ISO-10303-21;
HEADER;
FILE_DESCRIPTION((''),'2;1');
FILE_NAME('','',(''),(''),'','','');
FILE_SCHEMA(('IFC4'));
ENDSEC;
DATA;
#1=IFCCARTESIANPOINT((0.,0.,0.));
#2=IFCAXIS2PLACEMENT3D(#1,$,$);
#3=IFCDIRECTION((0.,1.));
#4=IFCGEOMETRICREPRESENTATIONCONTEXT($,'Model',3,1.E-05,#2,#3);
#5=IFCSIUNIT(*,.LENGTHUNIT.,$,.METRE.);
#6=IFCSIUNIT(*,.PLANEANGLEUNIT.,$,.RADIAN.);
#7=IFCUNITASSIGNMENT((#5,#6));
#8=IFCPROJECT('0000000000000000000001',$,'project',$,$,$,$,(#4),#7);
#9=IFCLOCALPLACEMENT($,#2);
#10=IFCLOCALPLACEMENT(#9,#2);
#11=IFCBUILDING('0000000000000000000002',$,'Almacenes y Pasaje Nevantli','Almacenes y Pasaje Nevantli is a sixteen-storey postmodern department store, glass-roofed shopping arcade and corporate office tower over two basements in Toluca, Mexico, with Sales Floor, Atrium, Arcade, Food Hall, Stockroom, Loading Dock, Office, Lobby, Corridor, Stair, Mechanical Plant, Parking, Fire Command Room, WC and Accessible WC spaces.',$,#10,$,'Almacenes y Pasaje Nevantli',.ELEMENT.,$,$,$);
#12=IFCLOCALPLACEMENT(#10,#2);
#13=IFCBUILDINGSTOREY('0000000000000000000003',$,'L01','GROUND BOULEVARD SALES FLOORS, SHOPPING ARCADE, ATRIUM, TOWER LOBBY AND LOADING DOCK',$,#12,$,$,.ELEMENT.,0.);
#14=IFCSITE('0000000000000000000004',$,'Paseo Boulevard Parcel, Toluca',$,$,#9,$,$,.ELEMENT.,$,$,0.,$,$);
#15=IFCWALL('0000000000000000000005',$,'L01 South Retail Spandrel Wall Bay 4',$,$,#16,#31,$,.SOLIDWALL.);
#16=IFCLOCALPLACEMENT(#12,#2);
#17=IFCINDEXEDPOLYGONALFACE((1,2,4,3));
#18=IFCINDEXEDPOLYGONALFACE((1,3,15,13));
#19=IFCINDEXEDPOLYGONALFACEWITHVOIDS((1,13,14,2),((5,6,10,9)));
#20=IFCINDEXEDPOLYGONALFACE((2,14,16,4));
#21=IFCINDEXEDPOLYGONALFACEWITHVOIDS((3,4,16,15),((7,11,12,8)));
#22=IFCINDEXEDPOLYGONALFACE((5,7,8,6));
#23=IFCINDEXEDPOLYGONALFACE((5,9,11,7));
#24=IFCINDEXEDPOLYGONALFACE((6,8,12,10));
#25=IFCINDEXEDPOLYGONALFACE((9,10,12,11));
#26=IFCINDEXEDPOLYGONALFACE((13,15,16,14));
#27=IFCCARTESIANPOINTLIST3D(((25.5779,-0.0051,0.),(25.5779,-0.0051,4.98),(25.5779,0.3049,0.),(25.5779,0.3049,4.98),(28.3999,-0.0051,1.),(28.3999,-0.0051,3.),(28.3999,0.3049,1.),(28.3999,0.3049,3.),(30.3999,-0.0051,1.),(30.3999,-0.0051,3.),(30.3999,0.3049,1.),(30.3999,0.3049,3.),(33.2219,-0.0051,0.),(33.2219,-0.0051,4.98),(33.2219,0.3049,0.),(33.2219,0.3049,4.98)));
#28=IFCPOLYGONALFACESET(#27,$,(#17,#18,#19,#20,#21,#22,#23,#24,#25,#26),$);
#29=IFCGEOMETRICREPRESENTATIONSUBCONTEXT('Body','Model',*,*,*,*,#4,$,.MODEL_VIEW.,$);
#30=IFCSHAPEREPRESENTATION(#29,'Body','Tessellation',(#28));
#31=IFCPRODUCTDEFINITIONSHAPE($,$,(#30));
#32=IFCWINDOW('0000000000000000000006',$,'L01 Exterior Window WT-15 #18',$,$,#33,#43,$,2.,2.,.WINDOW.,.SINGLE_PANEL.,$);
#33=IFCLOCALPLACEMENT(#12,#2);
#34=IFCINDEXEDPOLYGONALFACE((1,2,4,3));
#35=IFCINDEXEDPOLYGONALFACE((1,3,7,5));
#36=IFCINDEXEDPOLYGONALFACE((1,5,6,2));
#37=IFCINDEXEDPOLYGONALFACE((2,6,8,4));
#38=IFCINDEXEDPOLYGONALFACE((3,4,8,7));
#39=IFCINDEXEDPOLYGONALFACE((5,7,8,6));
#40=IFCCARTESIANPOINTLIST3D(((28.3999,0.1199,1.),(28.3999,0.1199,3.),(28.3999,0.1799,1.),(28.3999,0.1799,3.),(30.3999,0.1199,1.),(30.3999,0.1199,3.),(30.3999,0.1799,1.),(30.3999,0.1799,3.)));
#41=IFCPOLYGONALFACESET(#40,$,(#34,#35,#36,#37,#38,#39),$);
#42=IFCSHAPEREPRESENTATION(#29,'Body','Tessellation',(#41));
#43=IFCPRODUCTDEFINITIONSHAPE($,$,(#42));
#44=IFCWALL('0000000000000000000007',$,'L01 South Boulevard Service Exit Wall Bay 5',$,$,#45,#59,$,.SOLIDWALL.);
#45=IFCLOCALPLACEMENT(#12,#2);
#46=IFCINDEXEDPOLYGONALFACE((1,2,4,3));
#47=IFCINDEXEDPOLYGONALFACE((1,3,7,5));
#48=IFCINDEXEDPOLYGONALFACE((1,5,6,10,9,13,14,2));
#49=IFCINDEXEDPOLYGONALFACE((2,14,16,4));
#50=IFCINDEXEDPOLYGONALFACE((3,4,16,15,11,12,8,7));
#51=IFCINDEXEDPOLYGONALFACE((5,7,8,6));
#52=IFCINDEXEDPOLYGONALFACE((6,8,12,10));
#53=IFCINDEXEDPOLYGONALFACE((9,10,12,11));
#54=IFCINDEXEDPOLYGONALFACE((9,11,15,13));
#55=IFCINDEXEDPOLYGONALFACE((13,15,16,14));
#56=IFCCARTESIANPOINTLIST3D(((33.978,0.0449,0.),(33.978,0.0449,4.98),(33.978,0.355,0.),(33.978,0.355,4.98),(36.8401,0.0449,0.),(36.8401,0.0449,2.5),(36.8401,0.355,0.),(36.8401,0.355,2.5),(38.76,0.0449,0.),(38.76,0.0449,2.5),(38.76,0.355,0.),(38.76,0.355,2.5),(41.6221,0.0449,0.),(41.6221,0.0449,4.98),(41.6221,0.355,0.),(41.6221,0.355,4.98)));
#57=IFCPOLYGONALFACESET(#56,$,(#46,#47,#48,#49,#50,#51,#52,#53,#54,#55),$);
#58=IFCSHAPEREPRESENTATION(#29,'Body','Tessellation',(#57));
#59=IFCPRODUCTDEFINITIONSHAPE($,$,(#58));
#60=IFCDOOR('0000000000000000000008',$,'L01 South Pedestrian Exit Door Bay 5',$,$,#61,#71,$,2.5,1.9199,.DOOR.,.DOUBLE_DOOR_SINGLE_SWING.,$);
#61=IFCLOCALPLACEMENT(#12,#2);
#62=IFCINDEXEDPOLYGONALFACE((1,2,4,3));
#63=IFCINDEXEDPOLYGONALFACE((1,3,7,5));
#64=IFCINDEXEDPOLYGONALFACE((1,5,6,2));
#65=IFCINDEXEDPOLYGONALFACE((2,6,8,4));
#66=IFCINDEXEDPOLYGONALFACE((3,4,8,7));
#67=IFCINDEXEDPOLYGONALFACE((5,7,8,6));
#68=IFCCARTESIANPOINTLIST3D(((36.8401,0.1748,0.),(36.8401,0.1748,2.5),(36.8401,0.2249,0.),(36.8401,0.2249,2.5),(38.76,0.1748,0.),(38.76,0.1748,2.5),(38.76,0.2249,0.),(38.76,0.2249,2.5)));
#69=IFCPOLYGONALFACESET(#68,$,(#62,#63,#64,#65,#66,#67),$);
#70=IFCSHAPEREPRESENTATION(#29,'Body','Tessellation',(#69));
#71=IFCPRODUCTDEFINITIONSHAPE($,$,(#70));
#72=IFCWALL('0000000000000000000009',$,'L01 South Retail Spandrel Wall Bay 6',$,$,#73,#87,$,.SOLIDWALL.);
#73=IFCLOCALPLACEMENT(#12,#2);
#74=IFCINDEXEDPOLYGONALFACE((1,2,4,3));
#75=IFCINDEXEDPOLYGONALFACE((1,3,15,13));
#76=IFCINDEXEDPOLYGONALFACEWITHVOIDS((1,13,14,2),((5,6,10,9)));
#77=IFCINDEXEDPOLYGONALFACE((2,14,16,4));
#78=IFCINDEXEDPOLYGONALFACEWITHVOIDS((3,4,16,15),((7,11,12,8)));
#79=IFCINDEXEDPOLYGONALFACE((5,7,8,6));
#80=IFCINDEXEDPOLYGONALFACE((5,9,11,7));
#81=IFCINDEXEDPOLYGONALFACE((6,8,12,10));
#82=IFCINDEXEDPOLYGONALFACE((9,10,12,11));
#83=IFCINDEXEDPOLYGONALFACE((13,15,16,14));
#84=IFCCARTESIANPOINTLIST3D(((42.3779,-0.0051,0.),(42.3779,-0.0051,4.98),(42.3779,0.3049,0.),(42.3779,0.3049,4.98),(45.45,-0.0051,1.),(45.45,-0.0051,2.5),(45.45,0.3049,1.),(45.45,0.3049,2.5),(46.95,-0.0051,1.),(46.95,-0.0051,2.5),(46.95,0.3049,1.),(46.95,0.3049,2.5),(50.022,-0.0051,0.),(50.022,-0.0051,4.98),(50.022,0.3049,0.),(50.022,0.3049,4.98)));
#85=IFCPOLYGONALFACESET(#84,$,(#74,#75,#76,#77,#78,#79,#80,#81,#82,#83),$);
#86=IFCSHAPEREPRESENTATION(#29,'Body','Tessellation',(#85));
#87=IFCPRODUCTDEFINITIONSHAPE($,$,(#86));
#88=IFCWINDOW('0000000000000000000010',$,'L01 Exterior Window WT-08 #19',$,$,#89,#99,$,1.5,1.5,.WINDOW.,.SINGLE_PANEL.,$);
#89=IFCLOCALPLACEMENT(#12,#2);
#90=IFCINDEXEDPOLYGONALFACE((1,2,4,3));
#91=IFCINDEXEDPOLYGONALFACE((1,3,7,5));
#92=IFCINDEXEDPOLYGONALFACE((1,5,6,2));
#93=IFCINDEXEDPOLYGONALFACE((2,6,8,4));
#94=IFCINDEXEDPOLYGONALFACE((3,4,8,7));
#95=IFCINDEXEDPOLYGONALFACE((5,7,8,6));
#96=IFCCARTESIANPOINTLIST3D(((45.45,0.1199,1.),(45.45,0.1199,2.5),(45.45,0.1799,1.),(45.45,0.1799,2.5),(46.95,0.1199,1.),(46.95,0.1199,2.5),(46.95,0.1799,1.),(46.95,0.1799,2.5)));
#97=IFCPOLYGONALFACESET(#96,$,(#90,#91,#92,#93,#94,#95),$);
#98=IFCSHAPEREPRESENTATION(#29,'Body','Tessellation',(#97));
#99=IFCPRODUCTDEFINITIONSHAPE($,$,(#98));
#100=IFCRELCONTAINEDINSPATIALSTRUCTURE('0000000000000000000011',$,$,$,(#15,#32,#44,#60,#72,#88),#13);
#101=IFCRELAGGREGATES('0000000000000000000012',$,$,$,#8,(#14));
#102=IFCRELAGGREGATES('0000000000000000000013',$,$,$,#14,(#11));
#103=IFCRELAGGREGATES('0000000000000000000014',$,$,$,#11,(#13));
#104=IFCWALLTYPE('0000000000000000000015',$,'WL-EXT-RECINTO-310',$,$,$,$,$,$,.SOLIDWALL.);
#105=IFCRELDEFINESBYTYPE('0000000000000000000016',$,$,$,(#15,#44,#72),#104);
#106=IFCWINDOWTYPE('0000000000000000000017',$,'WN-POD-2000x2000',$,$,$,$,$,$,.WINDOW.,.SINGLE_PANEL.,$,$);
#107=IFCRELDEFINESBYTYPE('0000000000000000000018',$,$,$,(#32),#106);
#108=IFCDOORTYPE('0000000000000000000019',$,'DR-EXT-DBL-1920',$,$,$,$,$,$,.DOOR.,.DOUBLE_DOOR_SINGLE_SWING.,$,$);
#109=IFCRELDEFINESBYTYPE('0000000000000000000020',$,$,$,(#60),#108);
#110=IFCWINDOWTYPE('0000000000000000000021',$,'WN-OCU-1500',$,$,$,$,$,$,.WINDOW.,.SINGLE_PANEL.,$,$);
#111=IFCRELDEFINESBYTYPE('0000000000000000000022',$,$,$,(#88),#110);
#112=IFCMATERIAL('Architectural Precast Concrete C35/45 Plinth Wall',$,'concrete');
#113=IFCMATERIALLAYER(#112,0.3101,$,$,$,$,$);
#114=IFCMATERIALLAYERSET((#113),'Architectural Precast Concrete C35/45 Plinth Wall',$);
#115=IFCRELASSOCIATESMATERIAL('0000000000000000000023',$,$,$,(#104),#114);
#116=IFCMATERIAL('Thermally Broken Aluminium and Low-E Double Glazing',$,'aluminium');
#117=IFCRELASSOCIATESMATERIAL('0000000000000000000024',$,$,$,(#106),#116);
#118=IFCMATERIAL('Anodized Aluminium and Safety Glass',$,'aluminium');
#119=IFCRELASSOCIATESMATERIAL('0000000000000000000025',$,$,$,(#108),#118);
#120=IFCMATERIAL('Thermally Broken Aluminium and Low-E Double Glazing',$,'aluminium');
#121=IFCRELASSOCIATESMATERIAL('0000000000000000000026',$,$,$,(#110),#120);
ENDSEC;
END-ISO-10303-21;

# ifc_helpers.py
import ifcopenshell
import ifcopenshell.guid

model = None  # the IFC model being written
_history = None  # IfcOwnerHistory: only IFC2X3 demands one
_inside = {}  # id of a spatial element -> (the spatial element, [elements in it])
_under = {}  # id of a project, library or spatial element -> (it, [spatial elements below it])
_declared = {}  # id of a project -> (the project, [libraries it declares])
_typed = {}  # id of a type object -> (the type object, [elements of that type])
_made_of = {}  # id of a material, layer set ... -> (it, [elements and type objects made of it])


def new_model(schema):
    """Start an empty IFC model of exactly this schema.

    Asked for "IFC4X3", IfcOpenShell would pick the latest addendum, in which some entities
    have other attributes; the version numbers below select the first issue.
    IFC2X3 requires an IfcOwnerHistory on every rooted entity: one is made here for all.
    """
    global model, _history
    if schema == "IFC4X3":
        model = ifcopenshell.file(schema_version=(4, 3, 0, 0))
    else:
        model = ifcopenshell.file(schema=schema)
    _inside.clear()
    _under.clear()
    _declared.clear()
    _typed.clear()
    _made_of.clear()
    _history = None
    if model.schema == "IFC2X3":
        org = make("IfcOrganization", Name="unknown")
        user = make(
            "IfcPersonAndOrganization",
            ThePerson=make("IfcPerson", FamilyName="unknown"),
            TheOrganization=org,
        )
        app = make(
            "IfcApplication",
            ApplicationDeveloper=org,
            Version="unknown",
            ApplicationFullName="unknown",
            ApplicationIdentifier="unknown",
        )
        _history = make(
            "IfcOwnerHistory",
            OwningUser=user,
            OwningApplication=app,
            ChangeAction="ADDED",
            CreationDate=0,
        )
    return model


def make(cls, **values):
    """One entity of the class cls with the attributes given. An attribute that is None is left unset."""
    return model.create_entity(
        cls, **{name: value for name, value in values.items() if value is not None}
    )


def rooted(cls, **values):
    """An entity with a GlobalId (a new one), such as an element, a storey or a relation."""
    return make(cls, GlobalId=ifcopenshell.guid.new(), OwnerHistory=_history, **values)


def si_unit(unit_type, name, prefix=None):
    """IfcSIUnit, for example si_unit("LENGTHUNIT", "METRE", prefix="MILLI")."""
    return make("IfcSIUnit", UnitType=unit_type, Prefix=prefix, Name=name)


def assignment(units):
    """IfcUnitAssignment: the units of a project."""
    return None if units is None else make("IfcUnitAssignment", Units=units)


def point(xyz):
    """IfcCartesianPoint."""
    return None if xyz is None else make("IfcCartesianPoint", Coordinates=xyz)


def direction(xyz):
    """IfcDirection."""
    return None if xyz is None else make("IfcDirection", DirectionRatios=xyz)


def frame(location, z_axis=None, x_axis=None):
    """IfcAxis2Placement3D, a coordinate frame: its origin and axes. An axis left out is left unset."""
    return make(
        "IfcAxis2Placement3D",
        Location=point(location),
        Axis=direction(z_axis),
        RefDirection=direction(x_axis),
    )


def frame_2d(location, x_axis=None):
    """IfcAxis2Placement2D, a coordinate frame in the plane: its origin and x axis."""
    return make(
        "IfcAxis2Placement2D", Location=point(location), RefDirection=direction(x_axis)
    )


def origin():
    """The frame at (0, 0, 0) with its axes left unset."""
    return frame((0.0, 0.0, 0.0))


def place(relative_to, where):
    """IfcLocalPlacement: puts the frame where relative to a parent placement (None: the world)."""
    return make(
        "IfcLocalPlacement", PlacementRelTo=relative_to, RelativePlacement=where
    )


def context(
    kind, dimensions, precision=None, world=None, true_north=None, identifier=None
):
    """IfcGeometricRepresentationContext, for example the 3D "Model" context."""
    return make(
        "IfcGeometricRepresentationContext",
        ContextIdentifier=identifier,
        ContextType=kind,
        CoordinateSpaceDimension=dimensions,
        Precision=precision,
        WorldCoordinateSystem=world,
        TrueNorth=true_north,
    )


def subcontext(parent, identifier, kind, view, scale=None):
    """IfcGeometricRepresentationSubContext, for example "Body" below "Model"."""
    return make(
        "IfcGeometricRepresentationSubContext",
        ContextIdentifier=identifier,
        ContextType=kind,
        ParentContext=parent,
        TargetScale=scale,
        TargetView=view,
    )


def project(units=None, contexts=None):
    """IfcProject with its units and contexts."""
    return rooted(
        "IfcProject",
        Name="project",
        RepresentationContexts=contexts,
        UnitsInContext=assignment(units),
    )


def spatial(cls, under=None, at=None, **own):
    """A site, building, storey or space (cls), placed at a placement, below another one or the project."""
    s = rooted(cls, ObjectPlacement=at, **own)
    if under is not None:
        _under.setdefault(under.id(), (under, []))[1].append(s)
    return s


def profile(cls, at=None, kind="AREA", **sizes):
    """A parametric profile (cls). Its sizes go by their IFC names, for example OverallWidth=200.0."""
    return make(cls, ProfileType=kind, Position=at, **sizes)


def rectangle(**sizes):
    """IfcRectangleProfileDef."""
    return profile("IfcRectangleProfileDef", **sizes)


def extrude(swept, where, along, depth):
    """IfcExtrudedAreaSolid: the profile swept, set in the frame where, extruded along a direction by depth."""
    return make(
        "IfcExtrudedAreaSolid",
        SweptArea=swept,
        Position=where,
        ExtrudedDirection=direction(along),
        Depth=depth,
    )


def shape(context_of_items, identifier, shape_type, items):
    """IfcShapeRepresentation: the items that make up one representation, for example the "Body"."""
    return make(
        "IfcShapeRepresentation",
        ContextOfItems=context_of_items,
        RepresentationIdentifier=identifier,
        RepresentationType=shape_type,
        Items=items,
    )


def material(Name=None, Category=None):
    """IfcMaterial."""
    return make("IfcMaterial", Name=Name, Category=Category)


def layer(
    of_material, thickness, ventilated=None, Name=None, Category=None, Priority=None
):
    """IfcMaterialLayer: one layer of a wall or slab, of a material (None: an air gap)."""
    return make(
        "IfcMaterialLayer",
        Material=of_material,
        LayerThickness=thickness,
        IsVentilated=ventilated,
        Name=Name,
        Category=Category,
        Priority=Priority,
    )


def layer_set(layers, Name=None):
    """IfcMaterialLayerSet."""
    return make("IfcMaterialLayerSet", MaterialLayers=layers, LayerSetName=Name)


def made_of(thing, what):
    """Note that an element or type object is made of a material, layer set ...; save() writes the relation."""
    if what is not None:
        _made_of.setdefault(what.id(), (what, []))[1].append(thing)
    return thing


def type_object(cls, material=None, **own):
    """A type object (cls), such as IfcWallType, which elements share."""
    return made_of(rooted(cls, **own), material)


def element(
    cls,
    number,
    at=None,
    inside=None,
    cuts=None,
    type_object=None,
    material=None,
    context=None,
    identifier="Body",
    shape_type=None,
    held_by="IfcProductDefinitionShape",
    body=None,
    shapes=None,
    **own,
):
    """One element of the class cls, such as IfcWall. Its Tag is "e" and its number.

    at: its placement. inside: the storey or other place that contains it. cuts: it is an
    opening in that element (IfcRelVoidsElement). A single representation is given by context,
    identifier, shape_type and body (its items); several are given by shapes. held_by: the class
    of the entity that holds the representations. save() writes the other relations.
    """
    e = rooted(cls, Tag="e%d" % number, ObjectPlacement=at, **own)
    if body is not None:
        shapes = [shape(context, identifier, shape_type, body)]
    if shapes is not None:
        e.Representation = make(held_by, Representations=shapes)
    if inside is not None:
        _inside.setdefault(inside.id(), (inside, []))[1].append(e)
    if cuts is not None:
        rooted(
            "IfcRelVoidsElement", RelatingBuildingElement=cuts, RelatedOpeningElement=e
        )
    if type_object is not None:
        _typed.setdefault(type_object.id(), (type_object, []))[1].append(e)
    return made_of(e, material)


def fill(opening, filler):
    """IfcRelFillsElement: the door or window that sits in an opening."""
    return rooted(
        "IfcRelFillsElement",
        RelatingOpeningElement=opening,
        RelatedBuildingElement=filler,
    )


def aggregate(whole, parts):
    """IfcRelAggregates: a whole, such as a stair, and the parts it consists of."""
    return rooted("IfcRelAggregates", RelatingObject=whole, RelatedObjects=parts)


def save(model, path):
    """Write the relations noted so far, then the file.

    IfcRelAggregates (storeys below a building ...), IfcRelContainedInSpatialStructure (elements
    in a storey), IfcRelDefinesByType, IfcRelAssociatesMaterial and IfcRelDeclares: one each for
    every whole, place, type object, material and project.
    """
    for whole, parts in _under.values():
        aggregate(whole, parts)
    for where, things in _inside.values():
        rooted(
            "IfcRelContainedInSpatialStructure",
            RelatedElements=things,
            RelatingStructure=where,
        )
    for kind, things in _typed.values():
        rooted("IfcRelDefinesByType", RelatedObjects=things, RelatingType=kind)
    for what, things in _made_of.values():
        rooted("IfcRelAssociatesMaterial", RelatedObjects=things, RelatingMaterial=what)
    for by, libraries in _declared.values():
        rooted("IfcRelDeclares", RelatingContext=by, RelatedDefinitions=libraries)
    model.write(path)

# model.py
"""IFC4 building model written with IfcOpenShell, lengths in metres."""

from ifc_helpers import new_model, si_unit, direction, frame, frame_2d, origin, place, context, subcontext, project, spatial, rectangle, extrude, material, layer, layer_set, type_object, element, fill, save


model = new_model("IFC4")

# Units and contexts
model_context = context("Model", 3, precision=1e-05, world=origin(), true_north=direction((0.0, 1.0)))
body_context = subcontext(model_context, "Body", "Model", "MODEL_VIEW")
ifc_project = project(units=[si_unit("LENGTHUNIT", "METRE"), si_unit("PLANEANGLEUNIT", "RADIAN")], contexts=[model_context])

# Site, building, storey
site_placement = place(None, origin())
site = spatial("IfcSite", under=ifc_project, at=site_placement, Name="Paseo Boulevard Parcel, Toluca", CompositionType="ELEMENT", RefElevation=0.0)
building_placement = place(site_placement, origin())
building = spatial("IfcBuilding", under=site, at=building_placement, Name="Almacenes y Pasaje Nevantli", Description="Almacenes y Pasaje Nevantli is a sixteen-storey postmodern department store, glass-roofed shopping arcade and corporate office tower over two basements in Toluca, Mexico, with Sales Floor, Atrium, Arcade, Food Hall, Stockroom, Loading Dock, Office, Lobby, Corridor, Stair, Mechanical Plant, Parking, Fire Command Room, WC and Accessible WC spaces.", LongName="Almacenes y Pasaje Nevantli", CompositionType="ELEMENT")
storey_placement = place(building_placement, origin())
storey = spatial("IfcBuildingStorey", under=building, at=storey_placement, Name="L01", Description="GROUND BOULEVARD SALES FLOORS, SHOPPING ARCADE, ATRIUM, TOWER LOBBY AND LOADING DOCK", CompositionType="ELEMENT", Elevation=0.0)

# Wall, opening, window
ifc_material_1 = material(Name="Architectural Precast Concrete C35/45 Plinth Wall", Category="concrete")
ifc_layer_1 = layer(ifc_material_1, 0.3101)
ifc_layer_set_1 = layer_set([ifc_layer_1], Name="Architectural Precast Concrete C35/45 Plinth Wall")
wall_type = type_object("IfcWallType", Name="WL-EXT-RECINTO-310", PredefinedType="SOLIDWALL", material=ifc_layer_set_1)
wall_1_placement = place(storey_placement, frame((25.5779, 0.1499, 0.0), z_axis=(0.0, 0.0, 1.0), x_axis=(1.0, 0.0, 0.0)))
wall_1 = element("IfcWall", 1, at=wall_1_placement, inside=storey, type_object=wall_type, Name="L01 South Retail Spandrel Wall Bay 4", PredefinedType="SOLIDWALL", context=body_context, shape_type="SweptSolid", body=[
    extrude(rectangle(XDim=7.644, YDim=0.3101, at=frame_2d((3.822, 0.0))), origin(), (0.0, 0.0, 1.0), 4.98),
])
opening_1_placement = place(wall_1_placement, frame((2.822, 0.0, 1.0)))
opening_1 = element("IfcOpeningElement", 2, at=opening_1_placement, cuts=wall_1, PredefinedType="OPENING", context=body_context, shape_type="SweptSolid", body=[
    extrude(rectangle(XDim=2.0, YDim=2.0, at=frame_2d((1.0, 1.0))), frame((0.0, 0.165, 0.0), z_axis=(0.0, -1.0, 0.0), x_axis=(1.0, 0.0, 0.0)), (0.0, 0.0, 1.0), 0.3301),
])
ifc_material_2 = material(Name="Thermally Broken Aluminium and Low-E Double Glazing", Category="aluminium")
window_type_1 = type_object("IfcWindowType", Name="WN-POD-2000x2000", PartitioningType="SINGLE_PANEL", PredefinedType="WINDOW", material=ifc_material_2)
window_1_placement = place(opening_1_placement, origin())
window_1 = element("IfcWindow", 3, at=window_1_placement, inside=storey, type_object=window_type_1, Name="L01 Exterior Window WT-15 #18", OverallHeight=2.0, OverallWidth=2.0, PartitioningType="SINGLE_PANEL", PredefinedType="WINDOW", context=body_context, shape_type="SweptSolid", body=[
    extrude(rectangle(XDim=2.0, YDim=2.0, at=frame_2d((1.0, 1.0))), frame((0.0, 0.03, 0.0), z_axis=(0.0, -1.0, 0.0), x_axis=(1.0, 0.0, 0.0)), (0.0, 0.0, 1.0), 0.0601),
])
fill(opening_1, window_1)

# Wall, opening, door
wall_2_placement = place(storey_placement, frame((33.978, 0.2, 0.0), z_axis=(0.0, 0.0, 1.0), x_axis=(1.0, 0.0, 0.0)))
wall_2 = element("IfcWall", 4, at=wall_2_placement, inside=storey, type_object=wall_type, Name="L01 South Boulevard Service Exit Wall Bay 5", PredefinedType="SOLIDWALL", context=body_context, shape_type="SweptSolid", body=[
    extrude(rectangle(XDim=7.644, YDim=0.3101, at=frame_2d((3.822, 0.0))), origin(), (0.0, 0.0, 1.0), 4.98),
])
opening_2_placement = place(wall_2_placement, frame((2.8621, 0.0, 0.0)))
opening_2 = element("IfcOpeningElement", 5, at=opening_2_placement, cuts=wall_2, PredefinedType="OPENING", context=body_context, shape_type="SweptSolid", body=[
    extrude(rectangle(XDim=1.9199, YDim=2.5, at=frame_2d((0.96, 1.25))), frame((0.0, 0.165, 0.0), z_axis=(0.0, -1.0, 0.0), x_axis=(1.0, 0.0, 0.0)), (0.0, 0.0, 1.0), 0.3301),
])
ifc_material_3 = material(Name="Anodized Aluminium and Safety Glass", Category="aluminium")
door_type = type_object("IfcDoorType", Name="DR-EXT-DBL-1920", OperationType="DOUBLE_DOOR_SINGLE_SWING", PredefinedType="DOOR", material=ifc_material_3)
door_placement = place(opening_2_placement, origin())
door = element("IfcDoor", 6, at=door_placement, inside=storey, type_object=door_type, Name="L01 South Pedestrian Exit Door Bay 5", OperationType="DOUBLE_DOOR_SINGLE_SWING", OverallHeight=2.5, OverallWidth=1.9199, PredefinedType="DOOR", context=body_context, shape_type="SweptSolid", body=[
    extrude(rectangle(XDim=1.9199, YDim=2.5, at=frame_2d((0.96, 1.25))), frame((0.0, 0.0249, 0.0), z_axis=(0.0, -1.0, 0.0), x_axis=(1.0, 0.0, 0.0)), (0.0, 0.0, 1.0), 0.05),
])
fill(opening_2, door)

# Wall, opening, window
wall_3_placement = place(storey_placement, frame((42.3779, 0.1499, 0.0), z_axis=(0.0, 0.0, 1.0), x_axis=(1.0, 0.0, 0.0)))
wall_3 = element("IfcWall", 7, at=wall_3_placement, inside=storey, type_object=wall_type, Name="L01 South Retail Spandrel Wall Bay 6", PredefinedType="SOLIDWALL", context=body_context, shape_type="SweptSolid", body=[
    extrude(rectangle(XDim=7.644, YDim=0.3101, at=frame_2d((3.822, 0.0))), origin(), (0.0, 0.0, 1.0), 4.98),
])
opening_3_placement = place(wall_3_placement, frame((3.072, 0.0, 1.0)))
opening_3 = element("IfcOpeningElement", 8, at=opening_3_placement, cuts=wall_3, PredefinedType="OPENING", context=body_context, shape_type="SweptSolid", body=[
    extrude(rectangle(XDim=1.5, YDim=1.5, at=frame_2d((0.75, 0.75))), frame((0.0, 0.165, 0.0), z_axis=(0.0, -1.0, 0.0), x_axis=(1.0, 0.0, 0.0)), (0.0, 0.0, 1.0), 0.3301),
])
ifc_material_4 = material(Name="Thermally Broken Aluminium and Low-E Double Glazing", Category="aluminium")
window_type_2 = type_object("IfcWindowType", Name="WN-OCU-1500", PartitioningType="SINGLE_PANEL", PredefinedType="WINDOW", material=ifc_material_4)
window_2_placement = place(opening_3_placement, origin())
window_2 = element("IfcWindow", 9, at=window_2_placement, inside=storey, type_object=window_type_2, Name="L01 Exterior Window WT-08 #19", OverallHeight=1.5, OverallWidth=1.5, PartitioningType="SINGLE_PANEL", PredefinedType="WINDOW", context=body_context, shape_type="SweptSolid", body=[
    extrude(rectangle(XDim=1.5, YDim=1.5, at=frame_2d((0.75, 0.75))), frame((0.0, 0.03, 0.0), z_axis=(0.0, -1.0, 0.0), x_axis=(1.0, 0.0, 0.0)), (0.0, 0.0, 1.0), 0.0601),
])
fill(opening_3, window_2)

save(model, "model.ifc")
